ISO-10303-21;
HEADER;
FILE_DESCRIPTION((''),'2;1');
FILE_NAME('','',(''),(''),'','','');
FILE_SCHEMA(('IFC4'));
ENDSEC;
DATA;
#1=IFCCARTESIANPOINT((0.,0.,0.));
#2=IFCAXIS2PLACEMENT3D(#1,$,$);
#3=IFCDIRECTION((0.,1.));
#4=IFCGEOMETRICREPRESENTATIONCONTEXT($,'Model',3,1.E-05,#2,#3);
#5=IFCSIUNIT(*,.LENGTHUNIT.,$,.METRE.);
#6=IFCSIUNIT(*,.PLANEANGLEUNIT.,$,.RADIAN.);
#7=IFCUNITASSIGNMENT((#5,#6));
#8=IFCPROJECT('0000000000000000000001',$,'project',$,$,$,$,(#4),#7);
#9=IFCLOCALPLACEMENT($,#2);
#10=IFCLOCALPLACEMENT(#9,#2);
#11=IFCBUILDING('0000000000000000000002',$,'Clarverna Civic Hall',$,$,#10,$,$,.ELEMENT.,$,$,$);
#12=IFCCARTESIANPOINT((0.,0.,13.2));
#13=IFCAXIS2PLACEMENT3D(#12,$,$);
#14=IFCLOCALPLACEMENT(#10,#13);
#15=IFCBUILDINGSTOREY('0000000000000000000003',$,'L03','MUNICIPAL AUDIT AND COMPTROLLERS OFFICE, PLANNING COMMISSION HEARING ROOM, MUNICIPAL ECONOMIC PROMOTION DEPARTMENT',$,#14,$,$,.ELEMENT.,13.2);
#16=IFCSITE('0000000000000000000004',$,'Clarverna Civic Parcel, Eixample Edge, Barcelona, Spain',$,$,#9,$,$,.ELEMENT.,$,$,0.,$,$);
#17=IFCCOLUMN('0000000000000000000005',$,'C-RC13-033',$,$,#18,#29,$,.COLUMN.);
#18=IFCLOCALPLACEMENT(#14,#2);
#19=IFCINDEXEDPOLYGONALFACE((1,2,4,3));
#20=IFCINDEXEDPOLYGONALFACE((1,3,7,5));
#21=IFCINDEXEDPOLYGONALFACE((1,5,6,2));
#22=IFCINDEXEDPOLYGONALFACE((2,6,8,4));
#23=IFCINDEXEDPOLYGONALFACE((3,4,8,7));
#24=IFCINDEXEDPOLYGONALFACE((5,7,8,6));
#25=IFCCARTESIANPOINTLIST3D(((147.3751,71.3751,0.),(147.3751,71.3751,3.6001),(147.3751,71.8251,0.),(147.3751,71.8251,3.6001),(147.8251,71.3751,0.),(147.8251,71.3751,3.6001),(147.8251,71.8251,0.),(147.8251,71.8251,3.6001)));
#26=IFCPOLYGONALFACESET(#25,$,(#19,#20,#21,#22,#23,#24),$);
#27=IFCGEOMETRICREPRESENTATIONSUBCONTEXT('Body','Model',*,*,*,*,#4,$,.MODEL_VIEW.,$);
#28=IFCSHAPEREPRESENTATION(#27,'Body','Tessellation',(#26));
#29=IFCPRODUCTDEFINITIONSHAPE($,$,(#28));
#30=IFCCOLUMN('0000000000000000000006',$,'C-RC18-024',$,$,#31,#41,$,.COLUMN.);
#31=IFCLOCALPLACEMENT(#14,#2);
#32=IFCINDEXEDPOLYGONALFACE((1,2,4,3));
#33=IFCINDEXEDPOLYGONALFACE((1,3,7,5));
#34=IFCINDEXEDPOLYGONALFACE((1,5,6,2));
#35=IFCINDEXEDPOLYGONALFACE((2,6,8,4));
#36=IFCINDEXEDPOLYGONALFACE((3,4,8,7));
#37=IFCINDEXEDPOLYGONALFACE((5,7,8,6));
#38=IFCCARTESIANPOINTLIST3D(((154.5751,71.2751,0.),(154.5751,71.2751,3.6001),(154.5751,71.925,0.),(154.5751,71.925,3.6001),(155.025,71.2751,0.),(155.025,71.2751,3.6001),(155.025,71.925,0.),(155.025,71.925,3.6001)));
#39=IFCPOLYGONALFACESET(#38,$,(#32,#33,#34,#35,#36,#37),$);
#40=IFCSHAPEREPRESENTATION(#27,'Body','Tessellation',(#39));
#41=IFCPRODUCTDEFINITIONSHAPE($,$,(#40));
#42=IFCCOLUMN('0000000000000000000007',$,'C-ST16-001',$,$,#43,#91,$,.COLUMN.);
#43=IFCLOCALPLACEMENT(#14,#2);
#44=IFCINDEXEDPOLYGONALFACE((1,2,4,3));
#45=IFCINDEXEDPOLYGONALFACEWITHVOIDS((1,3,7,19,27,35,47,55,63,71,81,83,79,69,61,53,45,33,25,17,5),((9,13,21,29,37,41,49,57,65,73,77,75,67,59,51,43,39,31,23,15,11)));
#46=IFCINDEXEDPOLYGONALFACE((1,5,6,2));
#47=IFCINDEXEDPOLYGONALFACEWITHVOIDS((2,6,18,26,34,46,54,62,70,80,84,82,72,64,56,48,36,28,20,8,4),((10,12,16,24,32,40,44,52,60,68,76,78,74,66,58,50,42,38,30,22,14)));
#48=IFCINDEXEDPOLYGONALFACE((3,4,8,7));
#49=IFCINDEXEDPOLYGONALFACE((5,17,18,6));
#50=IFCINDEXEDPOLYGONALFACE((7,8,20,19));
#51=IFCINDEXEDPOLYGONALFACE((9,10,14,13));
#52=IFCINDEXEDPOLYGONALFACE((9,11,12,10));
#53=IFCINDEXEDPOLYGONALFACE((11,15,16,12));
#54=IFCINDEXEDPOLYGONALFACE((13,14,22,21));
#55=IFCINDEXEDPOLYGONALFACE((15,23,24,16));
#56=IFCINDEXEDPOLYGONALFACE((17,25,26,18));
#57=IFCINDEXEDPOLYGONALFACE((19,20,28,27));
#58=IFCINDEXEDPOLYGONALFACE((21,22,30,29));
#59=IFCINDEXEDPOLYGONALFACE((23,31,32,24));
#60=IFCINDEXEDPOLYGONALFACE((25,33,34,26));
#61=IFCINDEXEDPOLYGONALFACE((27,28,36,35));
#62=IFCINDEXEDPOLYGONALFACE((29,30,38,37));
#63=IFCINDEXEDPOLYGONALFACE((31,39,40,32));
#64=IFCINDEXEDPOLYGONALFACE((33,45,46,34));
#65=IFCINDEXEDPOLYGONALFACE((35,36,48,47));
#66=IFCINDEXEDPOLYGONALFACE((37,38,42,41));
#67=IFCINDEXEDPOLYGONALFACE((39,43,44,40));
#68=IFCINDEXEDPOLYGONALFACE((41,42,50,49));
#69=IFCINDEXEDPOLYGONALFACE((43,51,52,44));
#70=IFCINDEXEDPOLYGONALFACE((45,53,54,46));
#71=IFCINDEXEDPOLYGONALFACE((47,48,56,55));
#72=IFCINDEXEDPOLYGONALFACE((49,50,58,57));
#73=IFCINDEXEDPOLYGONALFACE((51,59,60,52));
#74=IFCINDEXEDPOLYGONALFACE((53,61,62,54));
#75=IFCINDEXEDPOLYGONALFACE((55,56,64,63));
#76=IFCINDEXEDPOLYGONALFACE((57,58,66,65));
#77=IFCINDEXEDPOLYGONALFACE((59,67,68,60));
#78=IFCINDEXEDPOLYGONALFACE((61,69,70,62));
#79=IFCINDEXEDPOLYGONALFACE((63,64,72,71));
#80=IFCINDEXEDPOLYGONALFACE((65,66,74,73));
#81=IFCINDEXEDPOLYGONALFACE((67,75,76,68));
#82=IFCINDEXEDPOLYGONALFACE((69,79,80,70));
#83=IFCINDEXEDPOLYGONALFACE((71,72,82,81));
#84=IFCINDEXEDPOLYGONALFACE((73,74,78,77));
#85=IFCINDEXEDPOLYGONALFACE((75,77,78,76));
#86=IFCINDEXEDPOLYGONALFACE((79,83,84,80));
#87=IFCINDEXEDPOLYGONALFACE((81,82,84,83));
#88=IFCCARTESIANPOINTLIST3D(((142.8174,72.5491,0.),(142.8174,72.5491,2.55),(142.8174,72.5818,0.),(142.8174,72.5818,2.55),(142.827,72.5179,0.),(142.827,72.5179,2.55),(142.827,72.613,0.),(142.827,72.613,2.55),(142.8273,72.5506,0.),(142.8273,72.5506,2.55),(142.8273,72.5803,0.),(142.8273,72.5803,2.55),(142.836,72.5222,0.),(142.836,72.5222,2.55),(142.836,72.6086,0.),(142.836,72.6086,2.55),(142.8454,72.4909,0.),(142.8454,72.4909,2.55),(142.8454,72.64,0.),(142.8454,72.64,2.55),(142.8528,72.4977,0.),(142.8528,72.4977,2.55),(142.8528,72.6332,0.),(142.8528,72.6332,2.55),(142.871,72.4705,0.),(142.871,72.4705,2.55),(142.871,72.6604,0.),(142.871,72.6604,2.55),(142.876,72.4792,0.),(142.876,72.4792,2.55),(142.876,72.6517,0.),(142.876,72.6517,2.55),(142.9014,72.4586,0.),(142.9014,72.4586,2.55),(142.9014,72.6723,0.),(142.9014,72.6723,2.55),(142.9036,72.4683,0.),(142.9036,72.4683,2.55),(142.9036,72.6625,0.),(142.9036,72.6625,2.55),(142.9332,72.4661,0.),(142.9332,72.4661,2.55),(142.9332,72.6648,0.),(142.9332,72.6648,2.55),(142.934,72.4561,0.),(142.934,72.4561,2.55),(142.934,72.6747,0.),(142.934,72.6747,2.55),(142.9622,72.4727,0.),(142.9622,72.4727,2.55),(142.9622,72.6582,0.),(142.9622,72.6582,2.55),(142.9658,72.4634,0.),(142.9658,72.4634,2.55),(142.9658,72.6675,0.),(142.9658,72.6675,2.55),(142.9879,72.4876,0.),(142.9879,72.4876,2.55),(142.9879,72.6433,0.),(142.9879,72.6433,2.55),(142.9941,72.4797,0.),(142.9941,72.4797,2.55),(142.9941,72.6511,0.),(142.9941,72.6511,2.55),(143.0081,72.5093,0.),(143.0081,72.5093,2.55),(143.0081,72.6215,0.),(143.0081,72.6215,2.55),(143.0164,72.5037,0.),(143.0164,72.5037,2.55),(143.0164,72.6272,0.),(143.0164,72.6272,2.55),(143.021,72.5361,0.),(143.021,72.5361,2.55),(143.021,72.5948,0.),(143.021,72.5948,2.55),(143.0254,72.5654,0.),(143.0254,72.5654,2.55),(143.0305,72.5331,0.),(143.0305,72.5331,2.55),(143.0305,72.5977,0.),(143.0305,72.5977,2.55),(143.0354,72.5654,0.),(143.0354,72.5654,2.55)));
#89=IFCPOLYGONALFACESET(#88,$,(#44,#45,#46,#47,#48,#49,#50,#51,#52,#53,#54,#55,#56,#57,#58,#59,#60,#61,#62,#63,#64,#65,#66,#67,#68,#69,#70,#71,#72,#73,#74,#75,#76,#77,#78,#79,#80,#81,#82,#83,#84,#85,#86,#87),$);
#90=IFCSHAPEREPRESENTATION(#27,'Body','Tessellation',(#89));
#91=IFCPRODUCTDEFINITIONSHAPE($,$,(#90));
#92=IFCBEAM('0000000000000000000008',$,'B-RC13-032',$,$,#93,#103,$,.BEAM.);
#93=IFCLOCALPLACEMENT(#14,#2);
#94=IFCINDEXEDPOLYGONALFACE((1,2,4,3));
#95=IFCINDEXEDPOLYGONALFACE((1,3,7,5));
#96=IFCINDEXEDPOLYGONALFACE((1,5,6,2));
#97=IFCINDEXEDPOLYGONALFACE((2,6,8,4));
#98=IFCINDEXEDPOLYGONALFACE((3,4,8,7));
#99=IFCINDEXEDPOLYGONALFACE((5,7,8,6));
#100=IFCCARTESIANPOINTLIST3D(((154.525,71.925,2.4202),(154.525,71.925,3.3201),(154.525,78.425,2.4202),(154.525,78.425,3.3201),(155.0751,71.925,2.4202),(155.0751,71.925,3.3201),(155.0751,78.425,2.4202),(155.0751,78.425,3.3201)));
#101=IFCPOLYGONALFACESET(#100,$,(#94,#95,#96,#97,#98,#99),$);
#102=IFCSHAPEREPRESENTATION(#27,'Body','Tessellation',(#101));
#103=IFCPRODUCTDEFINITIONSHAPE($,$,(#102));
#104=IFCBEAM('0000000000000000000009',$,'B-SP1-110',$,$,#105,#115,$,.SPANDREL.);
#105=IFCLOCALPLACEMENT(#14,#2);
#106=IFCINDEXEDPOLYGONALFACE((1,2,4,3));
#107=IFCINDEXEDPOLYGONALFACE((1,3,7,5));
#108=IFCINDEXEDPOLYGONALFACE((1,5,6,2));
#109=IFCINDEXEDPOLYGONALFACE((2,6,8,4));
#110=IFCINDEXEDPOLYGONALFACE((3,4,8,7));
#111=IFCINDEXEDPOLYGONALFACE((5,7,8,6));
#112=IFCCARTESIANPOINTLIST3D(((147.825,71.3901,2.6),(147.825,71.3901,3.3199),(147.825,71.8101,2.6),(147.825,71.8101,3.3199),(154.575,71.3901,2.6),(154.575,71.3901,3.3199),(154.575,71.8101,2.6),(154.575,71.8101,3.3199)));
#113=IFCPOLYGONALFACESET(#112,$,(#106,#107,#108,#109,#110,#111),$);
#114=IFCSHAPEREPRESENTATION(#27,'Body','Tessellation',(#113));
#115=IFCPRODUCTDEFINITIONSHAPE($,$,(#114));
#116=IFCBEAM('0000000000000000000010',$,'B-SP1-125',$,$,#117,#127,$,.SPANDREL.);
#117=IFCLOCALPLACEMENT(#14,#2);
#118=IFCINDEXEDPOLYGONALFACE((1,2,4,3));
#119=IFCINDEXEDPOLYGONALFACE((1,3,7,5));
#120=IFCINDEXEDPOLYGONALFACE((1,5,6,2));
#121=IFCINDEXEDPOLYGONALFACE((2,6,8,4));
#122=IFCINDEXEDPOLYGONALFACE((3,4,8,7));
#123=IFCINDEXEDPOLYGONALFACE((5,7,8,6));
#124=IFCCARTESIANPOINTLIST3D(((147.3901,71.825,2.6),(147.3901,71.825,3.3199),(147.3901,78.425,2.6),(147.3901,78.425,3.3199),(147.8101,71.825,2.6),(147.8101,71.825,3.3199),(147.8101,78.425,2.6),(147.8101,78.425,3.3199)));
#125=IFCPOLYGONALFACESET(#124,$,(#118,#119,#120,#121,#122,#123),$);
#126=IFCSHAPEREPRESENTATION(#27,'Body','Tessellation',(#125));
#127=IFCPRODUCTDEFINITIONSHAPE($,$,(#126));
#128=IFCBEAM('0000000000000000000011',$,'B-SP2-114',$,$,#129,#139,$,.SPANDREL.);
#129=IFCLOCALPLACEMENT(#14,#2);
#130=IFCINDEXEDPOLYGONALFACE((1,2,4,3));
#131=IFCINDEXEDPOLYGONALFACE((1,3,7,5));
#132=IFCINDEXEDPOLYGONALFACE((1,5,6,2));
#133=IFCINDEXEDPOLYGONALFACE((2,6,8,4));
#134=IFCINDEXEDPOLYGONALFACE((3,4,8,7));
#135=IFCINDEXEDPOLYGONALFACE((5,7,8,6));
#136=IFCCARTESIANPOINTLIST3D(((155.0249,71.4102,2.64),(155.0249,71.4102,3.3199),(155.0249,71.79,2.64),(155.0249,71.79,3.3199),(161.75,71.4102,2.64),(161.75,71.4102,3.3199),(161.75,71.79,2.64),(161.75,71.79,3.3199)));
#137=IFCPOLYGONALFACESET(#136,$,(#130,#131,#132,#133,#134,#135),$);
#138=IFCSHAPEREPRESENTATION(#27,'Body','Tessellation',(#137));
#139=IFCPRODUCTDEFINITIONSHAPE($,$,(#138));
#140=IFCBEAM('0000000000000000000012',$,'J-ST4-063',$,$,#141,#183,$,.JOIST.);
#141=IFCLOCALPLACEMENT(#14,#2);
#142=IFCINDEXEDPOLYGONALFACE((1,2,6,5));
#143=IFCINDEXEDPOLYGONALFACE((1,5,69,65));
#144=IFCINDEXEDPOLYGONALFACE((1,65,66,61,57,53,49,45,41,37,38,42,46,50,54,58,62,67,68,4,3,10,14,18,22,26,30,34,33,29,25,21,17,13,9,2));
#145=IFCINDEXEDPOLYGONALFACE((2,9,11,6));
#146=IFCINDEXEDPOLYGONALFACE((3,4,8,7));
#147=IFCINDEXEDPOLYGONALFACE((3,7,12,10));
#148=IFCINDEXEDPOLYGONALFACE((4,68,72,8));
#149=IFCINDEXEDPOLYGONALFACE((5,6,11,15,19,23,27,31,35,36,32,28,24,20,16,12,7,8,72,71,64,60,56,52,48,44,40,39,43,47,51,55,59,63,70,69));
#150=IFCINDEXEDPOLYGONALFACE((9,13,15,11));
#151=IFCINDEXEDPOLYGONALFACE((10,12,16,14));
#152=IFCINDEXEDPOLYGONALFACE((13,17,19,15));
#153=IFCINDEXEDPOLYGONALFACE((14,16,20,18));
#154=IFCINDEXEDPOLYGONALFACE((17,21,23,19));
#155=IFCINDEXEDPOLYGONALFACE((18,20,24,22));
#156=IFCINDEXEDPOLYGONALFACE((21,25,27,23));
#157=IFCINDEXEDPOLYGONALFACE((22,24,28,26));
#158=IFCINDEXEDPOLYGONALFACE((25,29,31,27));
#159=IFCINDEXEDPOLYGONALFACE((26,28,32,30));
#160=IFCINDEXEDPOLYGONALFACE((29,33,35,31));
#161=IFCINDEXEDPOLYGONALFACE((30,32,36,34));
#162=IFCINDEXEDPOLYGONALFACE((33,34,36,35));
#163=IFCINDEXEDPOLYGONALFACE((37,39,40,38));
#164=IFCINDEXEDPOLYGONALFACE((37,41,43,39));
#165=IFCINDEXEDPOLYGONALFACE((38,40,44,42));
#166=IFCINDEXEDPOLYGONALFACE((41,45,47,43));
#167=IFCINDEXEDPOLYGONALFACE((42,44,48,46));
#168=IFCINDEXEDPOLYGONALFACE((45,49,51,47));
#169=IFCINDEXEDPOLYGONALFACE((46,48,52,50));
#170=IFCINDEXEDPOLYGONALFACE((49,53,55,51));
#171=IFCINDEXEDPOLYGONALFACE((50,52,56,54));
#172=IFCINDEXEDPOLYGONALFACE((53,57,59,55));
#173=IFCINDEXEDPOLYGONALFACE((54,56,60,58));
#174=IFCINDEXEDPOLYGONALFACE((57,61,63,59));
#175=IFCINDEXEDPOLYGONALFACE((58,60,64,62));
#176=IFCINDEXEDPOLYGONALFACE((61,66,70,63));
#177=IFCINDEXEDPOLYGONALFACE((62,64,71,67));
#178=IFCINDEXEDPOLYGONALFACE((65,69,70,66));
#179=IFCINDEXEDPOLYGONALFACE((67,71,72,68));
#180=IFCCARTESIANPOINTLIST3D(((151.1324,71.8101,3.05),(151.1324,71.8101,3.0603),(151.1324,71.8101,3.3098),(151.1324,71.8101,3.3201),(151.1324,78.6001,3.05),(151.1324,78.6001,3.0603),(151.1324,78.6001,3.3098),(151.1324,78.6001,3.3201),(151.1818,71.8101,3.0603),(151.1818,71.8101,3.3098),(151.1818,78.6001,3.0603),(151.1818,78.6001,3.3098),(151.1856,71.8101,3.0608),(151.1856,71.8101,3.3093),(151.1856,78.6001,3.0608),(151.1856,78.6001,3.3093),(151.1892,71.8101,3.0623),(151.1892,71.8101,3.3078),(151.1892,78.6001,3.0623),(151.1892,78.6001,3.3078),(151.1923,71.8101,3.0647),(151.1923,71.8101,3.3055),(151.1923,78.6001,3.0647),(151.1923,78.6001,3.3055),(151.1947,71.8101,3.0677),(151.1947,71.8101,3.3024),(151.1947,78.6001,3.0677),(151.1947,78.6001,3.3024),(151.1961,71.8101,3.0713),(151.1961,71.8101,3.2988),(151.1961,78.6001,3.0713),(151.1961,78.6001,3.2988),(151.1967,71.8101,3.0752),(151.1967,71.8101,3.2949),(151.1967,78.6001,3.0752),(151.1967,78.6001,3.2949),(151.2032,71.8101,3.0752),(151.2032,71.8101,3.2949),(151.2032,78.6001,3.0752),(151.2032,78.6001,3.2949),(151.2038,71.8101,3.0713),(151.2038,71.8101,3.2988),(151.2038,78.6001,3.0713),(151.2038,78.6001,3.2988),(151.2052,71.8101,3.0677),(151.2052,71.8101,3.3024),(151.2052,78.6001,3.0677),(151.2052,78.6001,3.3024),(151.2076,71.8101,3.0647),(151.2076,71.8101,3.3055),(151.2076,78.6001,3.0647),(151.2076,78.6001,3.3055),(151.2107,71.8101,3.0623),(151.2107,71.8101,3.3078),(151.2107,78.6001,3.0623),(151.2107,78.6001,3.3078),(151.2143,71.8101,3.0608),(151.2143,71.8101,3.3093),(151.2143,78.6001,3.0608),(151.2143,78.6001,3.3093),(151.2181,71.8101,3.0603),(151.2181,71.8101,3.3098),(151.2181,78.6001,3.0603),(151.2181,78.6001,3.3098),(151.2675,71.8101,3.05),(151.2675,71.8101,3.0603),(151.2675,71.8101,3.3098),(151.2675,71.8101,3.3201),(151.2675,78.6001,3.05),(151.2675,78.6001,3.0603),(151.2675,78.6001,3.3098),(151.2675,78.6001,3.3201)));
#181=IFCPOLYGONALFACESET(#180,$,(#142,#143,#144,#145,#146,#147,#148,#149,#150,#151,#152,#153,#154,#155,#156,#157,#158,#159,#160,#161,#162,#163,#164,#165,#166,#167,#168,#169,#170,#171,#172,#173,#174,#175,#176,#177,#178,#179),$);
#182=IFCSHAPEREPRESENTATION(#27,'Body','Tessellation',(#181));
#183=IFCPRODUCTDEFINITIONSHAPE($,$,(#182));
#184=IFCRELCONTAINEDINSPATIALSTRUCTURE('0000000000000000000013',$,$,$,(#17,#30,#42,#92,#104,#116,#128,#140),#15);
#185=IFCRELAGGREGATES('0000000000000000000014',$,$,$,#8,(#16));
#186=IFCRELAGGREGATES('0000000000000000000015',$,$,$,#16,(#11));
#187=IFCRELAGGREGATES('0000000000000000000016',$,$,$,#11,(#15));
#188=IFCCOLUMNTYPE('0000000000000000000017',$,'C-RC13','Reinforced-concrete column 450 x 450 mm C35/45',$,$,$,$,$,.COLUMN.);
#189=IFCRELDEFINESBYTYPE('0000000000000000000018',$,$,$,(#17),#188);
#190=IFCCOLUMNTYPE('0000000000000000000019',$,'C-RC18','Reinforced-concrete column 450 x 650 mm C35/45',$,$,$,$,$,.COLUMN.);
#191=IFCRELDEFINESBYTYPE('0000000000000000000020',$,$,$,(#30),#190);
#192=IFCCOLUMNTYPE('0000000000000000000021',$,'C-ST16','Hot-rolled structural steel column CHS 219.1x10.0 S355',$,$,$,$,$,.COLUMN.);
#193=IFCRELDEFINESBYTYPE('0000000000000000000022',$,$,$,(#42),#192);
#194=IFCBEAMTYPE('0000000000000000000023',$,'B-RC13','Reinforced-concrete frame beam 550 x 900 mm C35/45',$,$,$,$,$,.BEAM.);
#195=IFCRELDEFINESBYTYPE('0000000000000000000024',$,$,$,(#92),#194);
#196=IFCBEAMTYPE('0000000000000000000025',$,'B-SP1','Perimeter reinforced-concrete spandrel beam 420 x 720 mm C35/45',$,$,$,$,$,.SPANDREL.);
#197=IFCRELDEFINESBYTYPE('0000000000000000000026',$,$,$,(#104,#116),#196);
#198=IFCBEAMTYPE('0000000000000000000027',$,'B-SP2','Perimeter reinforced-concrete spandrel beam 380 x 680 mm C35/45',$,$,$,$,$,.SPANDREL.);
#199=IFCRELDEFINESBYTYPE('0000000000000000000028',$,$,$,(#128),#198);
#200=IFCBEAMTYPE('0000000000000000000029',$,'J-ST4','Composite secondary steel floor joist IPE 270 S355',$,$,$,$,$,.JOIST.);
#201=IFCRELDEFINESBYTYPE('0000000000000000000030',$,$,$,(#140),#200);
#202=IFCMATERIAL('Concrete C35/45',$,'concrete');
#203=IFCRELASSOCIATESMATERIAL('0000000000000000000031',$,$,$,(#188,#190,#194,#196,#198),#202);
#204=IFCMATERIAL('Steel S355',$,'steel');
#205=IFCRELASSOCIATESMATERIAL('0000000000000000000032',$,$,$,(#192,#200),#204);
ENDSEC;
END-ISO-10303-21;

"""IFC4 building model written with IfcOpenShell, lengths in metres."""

from ifc_helpers import new_model, si_unit, direction, frame, origin, origin_2d, place, context, subcontext, project, spatial, rectangle, hollow_circle, i_section, extrude, material, material_profile, profile_set, type_object, element, save


model = new_model("IFC4")

# Units and contexts
model_context = context("Model", 3, precision=1e-05, world=origin(), true_north=direction((0.0, 1.0)))
body_context = subcontext(model_context, "Body", "Model", "MODEL_VIEW")
ifc_project = project(units=[si_unit("LENGTHUNIT", "METRE"), si_unit("PLANEANGLEUNIT", "RADIAN")], contexts=[model_context])

# Site, building, storey
site_placement = place(None, origin())
site = spatial("IfcSite", under=ifc_project, at=site_placement, Name="Clarverna Civic Parcel, Eixample Edge, Barcelona, Spain", CompositionType="ELEMENT", RefElevation=0.0)
building_placement = place(site_placement, origin())
building = spatial("IfcBuilding", under=site, at=building_placement, Name="Clarverna Civic Hall", CompositionType="ELEMENT")
storey_placement = place(building_placement, frame((0.0, 0.0, 13.2)))
storey = spatial("IfcBuildingStorey", under=building, at=storey_placement, Name="L03", Description="MUNICIPAL AUDIT AND COMPTROLLERS OFFICE, PLANNING COMMISSION HEARING ROOM, MUNICIPAL ECONOMIC PROMOTION DEPARTMENT", CompositionType="ELEMENT", Elevation=13.2)

# Columns
ifc_material_1 = material(Name="Concrete C35/45", Category="concrete")
ifc_material_profile_1 = material_profile(ifc_material_1, rectangle(XDim=0.45, YDim=0.45, at=origin_2d()), Name="RC 450x450")
ifc_profile_set_1 = profile_set([ifc_material_profile_1], Name="Concrete C35/45")
column_type_1 = type_object("IfcColumnType", Name="C-RC13", Description="Reinforced-concrete column 450 x 450 mm C35/45", PredefinedType="COLUMN", material=ifc_profile_set_1)
column_1_placement = place(storey_placement, frame((147.6001, 71.6001, 0.0), z_axis=(0.0, 0.0, 1.0), x_axis=(1.0, 0.0, 0.0)))
element("IfcColumn", 1, at=column_1_placement, inside=storey, type_object=column_type_1, Name="C-RC13-033", PredefinedType="COLUMN", context=body_context, shape_type="SweptSolid", body=[
    extrude(rectangle(XDim=0.45, YDim=0.45, at=origin_2d()), origin(), (0.0, 0.0, 1.0), 3.6001),
])
ifc_material_profile_2 = material_profile(ifc_material_1, rectangle(XDim=0.45, YDim=0.6499, at=origin_2d()), Name="RC 450x650")
ifc_profile_set_2 = profile_set([ifc_material_profile_2], Name="Concrete C35/45")
column_type_2 = type_object("IfcColumnType", Name="C-RC18", Description="Reinforced-concrete column 450 x 650 mm C35/45", PredefinedType="COLUMN", material=ifc_profile_set_2)
column_2_placement = place(storey_placement, frame((154.8, 71.6001, 0.0), z_axis=(0.0, 0.0, 1.0), x_axis=(1.0, 0.0, 0.0)))
element("IfcColumn", 2, at=column_2_placement, inside=storey, type_object=column_type_2, Name="C-RC18-024", PredefinedType="COLUMN", context=body_context, shape_type="SweptSolid", body=[
    extrude(rectangle(XDim=0.45, YDim=0.6499, at=origin_2d()), origin(), (0.0, 0.0, 1.0), 3.6001),
])
ifc_material_2 = material(Name="Steel S355", Category="steel")
ifc_material_profile_3 = material_profile(ifc_material_2, hollow_circle(Radius=0.1096, WallThickness=0.01, at=origin_2d()), Name="CHS 219.1x10.0")
ifc_profile_set_3 = profile_set([ifc_material_profile_3], Name="Steel S355")
column_type_3 = type_object("IfcColumnType", Name="C-ST16", Description="Hot-rolled structural steel column CHS 219.1x10.0 S355", PredefinedType="COLUMN", material=ifc_profile_set_3)
column_3_placement = place(storey_placement, frame((142.9258, 72.5654, 0.0), z_axis=(0.0, 0.0, 1.0), x_axis=(1.0, 0.0, 0.0)))
element("IfcColumn", 3, at=column_3_placement, inside=storey, type_object=column_type_3, Name="C-ST16-001", PredefinedType="COLUMN", context=body_context, shape_type="SweptSolid", body=[
    extrude(hollow_circle(Radius=0.1096, WallThickness=0.01, at=origin_2d()), origin(), (0.0, 0.0, 1.0), 2.55),
])

# Beams
ifc_material_profile_4 = material_profile(ifc_material_1, rectangle(XDim=0.55, YDim=0.8999, at=origin_2d()), Name="RC 550x900")
ifc_profile_set_4 = profile_set([ifc_material_profile_4], Name="Concrete C35/45")
beam_type_1 = type_object("IfcBeamType", Name="B-RC13", Description="Reinforced-concrete frame beam 550 x 900 mm C35/45", PredefinedType="BEAM", material=ifc_profile_set_4)
beam_1_placement = place(storey_placement, frame((154.8, 71.925, 2.8701), z_axis=(0.0, 1.0, 0.0), x_axis=(-1.0, 0.0, 0.0)))
element("IfcBeam", 4, at=beam_1_placement, inside=storey, type_object=beam_type_1, Name="B-RC13-032", PredefinedType="BEAM", context=body_context, shape_type="SweptSolid", body=[
    extrude(rectangle(XDim=0.55, YDim=0.8999, at=origin_2d()), origin(), (0.0, 0.0, 1.0), 6.5),
])
ifc_material_profile_5 = material_profile(ifc_material_1, rectangle(XDim=0.4199, YDim=0.72, at=origin_2d()), Name="RC 420x720")
ifc_profile_set_5 = profile_set([ifc_material_profile_5], Name="Concrete C35/45")
beam_type_2 = type_object("IfcBeamType", Name="B-SP1", Description="Perimeter reinforced-concrete spandrel beam 420 x 720 mm C35/45", PredefinedType="SPANDREL", material=ifc_profile_set_5)
beam_2_placement = place(storey_placement, frame((147.825, 71.6001, 2.96), z_axis=(1.0, 0.0, 0.0), x_axis=(0.0, 1.0, 0.0)))
element("IfcBeam", 5, at=beam_2_placement, inside=storey, type_object=beam_type_2, Name="B-SP1-110", PredefinedType="SPANDREL", context=body_context, shape_type="SweptSolid", body=[
    extrude(rectangle(XDim=0.4199, YDim=0.72, at=origin_2d()), origin(), (0.0, 0.0, 1.0), 6.75),
])
beam_3_placement = place(storey_placement, frame((147.6001, 71.825, 2.96), z_axis=(0.0, 1.0, 0.0), x_axis=(-1.0, 0.0, 0.0)))
element("IfcBeam", 6, at=beam_3_placement, inside=storey, type_object=beam_type_2, Name="B-SP1-125", PredefinedType="SPANDREL", context=body_context, shape_type="SweptSolid", body=[
    extrude(rectangle(XDim=0.4199, YDim=0.72, at=origin_2d()), origin(), (0.0, 0.0, 1.0), 6.6001),
])
ifc_material_profile_6 = material_profile(ifc_material_1, rectangle(XDim=0.3799, YDim=0.6799, at=origin_2d()), Name="RC 380x680")
ifc_profile_set_6 = profile_set([ifc_material_profile_6], Name="Concrete C35/45")
beam_type_3 = type_object("IfcBeamType", Name="B-SP2", Description="Perimeter reinforced-concrete spandrel beam 380 x 680 mm C35/45", PredefinedType="SPANDREL", material=ifc_profile_set_6)
beam_4_placement = place(storey_placement, frame((155.0249, 71.6001, 2.98), z_axis=(1.0, 0.0, 0.0), x_axis=(0.0, 1.0, 0.0)))
element("IfcBeam", 7, at=beam_4_placement, inside=storey, type_object=beam_type_3, Name="B-SP2-114", PredefinedType="SPANDREL", context=body_context, shape_type="SweptSolid", body=[
    extrude(rectangle(XDim=0.3799, YDim=0.6799, at=origin_2d()), origin(), (0.0, 0.0, 1.0), 6.7251),
])
ifc_material_profile_7 = material_profile(ifc_material_2, i_section(OverallWidth=0.135, OverallDepth=0.27, WebThickness=0.0066, FlangeThickness=0.0103, FilletRadius=0.0149, at=origin_2d()), Name="IPE 270")
ifc_profile_set_7 = profile_set([ifc_material_profile_7], Name="Steel S355")
beam_type_4 = type_object("IfcBeamType", Name="J-ST4", Description="Composite secondary steel floor joist IPE 270 S355", PredefinedType="JOIST", material=ifc_profile_set_7)
beam_5_placement = place(storey_placement, frame((151.2, 71.8101, 3.1851), z_axis=(0.0, 1.0, 0.0), x_axis=(-1.0, 0.0, 0.0)))
element("IfcBeam", 8, at=beam_5_placement, inside=storey, type_object=beam_type_4, Name="J-ST4-063", PredefinedType="JOIST", context=body_context, shape_type="SweptSolid", body=[
    extrude(i_section(OverallWidth=0.135, OverallDepth=0.27, WebThickness=0.0066, FlangeThickness=0.0103, FilletRadius=0.0149, at=origin_2d()), origin(), (0.0, 0.0, 1.0), 6.79),
])

save(model, "model.ifc")
